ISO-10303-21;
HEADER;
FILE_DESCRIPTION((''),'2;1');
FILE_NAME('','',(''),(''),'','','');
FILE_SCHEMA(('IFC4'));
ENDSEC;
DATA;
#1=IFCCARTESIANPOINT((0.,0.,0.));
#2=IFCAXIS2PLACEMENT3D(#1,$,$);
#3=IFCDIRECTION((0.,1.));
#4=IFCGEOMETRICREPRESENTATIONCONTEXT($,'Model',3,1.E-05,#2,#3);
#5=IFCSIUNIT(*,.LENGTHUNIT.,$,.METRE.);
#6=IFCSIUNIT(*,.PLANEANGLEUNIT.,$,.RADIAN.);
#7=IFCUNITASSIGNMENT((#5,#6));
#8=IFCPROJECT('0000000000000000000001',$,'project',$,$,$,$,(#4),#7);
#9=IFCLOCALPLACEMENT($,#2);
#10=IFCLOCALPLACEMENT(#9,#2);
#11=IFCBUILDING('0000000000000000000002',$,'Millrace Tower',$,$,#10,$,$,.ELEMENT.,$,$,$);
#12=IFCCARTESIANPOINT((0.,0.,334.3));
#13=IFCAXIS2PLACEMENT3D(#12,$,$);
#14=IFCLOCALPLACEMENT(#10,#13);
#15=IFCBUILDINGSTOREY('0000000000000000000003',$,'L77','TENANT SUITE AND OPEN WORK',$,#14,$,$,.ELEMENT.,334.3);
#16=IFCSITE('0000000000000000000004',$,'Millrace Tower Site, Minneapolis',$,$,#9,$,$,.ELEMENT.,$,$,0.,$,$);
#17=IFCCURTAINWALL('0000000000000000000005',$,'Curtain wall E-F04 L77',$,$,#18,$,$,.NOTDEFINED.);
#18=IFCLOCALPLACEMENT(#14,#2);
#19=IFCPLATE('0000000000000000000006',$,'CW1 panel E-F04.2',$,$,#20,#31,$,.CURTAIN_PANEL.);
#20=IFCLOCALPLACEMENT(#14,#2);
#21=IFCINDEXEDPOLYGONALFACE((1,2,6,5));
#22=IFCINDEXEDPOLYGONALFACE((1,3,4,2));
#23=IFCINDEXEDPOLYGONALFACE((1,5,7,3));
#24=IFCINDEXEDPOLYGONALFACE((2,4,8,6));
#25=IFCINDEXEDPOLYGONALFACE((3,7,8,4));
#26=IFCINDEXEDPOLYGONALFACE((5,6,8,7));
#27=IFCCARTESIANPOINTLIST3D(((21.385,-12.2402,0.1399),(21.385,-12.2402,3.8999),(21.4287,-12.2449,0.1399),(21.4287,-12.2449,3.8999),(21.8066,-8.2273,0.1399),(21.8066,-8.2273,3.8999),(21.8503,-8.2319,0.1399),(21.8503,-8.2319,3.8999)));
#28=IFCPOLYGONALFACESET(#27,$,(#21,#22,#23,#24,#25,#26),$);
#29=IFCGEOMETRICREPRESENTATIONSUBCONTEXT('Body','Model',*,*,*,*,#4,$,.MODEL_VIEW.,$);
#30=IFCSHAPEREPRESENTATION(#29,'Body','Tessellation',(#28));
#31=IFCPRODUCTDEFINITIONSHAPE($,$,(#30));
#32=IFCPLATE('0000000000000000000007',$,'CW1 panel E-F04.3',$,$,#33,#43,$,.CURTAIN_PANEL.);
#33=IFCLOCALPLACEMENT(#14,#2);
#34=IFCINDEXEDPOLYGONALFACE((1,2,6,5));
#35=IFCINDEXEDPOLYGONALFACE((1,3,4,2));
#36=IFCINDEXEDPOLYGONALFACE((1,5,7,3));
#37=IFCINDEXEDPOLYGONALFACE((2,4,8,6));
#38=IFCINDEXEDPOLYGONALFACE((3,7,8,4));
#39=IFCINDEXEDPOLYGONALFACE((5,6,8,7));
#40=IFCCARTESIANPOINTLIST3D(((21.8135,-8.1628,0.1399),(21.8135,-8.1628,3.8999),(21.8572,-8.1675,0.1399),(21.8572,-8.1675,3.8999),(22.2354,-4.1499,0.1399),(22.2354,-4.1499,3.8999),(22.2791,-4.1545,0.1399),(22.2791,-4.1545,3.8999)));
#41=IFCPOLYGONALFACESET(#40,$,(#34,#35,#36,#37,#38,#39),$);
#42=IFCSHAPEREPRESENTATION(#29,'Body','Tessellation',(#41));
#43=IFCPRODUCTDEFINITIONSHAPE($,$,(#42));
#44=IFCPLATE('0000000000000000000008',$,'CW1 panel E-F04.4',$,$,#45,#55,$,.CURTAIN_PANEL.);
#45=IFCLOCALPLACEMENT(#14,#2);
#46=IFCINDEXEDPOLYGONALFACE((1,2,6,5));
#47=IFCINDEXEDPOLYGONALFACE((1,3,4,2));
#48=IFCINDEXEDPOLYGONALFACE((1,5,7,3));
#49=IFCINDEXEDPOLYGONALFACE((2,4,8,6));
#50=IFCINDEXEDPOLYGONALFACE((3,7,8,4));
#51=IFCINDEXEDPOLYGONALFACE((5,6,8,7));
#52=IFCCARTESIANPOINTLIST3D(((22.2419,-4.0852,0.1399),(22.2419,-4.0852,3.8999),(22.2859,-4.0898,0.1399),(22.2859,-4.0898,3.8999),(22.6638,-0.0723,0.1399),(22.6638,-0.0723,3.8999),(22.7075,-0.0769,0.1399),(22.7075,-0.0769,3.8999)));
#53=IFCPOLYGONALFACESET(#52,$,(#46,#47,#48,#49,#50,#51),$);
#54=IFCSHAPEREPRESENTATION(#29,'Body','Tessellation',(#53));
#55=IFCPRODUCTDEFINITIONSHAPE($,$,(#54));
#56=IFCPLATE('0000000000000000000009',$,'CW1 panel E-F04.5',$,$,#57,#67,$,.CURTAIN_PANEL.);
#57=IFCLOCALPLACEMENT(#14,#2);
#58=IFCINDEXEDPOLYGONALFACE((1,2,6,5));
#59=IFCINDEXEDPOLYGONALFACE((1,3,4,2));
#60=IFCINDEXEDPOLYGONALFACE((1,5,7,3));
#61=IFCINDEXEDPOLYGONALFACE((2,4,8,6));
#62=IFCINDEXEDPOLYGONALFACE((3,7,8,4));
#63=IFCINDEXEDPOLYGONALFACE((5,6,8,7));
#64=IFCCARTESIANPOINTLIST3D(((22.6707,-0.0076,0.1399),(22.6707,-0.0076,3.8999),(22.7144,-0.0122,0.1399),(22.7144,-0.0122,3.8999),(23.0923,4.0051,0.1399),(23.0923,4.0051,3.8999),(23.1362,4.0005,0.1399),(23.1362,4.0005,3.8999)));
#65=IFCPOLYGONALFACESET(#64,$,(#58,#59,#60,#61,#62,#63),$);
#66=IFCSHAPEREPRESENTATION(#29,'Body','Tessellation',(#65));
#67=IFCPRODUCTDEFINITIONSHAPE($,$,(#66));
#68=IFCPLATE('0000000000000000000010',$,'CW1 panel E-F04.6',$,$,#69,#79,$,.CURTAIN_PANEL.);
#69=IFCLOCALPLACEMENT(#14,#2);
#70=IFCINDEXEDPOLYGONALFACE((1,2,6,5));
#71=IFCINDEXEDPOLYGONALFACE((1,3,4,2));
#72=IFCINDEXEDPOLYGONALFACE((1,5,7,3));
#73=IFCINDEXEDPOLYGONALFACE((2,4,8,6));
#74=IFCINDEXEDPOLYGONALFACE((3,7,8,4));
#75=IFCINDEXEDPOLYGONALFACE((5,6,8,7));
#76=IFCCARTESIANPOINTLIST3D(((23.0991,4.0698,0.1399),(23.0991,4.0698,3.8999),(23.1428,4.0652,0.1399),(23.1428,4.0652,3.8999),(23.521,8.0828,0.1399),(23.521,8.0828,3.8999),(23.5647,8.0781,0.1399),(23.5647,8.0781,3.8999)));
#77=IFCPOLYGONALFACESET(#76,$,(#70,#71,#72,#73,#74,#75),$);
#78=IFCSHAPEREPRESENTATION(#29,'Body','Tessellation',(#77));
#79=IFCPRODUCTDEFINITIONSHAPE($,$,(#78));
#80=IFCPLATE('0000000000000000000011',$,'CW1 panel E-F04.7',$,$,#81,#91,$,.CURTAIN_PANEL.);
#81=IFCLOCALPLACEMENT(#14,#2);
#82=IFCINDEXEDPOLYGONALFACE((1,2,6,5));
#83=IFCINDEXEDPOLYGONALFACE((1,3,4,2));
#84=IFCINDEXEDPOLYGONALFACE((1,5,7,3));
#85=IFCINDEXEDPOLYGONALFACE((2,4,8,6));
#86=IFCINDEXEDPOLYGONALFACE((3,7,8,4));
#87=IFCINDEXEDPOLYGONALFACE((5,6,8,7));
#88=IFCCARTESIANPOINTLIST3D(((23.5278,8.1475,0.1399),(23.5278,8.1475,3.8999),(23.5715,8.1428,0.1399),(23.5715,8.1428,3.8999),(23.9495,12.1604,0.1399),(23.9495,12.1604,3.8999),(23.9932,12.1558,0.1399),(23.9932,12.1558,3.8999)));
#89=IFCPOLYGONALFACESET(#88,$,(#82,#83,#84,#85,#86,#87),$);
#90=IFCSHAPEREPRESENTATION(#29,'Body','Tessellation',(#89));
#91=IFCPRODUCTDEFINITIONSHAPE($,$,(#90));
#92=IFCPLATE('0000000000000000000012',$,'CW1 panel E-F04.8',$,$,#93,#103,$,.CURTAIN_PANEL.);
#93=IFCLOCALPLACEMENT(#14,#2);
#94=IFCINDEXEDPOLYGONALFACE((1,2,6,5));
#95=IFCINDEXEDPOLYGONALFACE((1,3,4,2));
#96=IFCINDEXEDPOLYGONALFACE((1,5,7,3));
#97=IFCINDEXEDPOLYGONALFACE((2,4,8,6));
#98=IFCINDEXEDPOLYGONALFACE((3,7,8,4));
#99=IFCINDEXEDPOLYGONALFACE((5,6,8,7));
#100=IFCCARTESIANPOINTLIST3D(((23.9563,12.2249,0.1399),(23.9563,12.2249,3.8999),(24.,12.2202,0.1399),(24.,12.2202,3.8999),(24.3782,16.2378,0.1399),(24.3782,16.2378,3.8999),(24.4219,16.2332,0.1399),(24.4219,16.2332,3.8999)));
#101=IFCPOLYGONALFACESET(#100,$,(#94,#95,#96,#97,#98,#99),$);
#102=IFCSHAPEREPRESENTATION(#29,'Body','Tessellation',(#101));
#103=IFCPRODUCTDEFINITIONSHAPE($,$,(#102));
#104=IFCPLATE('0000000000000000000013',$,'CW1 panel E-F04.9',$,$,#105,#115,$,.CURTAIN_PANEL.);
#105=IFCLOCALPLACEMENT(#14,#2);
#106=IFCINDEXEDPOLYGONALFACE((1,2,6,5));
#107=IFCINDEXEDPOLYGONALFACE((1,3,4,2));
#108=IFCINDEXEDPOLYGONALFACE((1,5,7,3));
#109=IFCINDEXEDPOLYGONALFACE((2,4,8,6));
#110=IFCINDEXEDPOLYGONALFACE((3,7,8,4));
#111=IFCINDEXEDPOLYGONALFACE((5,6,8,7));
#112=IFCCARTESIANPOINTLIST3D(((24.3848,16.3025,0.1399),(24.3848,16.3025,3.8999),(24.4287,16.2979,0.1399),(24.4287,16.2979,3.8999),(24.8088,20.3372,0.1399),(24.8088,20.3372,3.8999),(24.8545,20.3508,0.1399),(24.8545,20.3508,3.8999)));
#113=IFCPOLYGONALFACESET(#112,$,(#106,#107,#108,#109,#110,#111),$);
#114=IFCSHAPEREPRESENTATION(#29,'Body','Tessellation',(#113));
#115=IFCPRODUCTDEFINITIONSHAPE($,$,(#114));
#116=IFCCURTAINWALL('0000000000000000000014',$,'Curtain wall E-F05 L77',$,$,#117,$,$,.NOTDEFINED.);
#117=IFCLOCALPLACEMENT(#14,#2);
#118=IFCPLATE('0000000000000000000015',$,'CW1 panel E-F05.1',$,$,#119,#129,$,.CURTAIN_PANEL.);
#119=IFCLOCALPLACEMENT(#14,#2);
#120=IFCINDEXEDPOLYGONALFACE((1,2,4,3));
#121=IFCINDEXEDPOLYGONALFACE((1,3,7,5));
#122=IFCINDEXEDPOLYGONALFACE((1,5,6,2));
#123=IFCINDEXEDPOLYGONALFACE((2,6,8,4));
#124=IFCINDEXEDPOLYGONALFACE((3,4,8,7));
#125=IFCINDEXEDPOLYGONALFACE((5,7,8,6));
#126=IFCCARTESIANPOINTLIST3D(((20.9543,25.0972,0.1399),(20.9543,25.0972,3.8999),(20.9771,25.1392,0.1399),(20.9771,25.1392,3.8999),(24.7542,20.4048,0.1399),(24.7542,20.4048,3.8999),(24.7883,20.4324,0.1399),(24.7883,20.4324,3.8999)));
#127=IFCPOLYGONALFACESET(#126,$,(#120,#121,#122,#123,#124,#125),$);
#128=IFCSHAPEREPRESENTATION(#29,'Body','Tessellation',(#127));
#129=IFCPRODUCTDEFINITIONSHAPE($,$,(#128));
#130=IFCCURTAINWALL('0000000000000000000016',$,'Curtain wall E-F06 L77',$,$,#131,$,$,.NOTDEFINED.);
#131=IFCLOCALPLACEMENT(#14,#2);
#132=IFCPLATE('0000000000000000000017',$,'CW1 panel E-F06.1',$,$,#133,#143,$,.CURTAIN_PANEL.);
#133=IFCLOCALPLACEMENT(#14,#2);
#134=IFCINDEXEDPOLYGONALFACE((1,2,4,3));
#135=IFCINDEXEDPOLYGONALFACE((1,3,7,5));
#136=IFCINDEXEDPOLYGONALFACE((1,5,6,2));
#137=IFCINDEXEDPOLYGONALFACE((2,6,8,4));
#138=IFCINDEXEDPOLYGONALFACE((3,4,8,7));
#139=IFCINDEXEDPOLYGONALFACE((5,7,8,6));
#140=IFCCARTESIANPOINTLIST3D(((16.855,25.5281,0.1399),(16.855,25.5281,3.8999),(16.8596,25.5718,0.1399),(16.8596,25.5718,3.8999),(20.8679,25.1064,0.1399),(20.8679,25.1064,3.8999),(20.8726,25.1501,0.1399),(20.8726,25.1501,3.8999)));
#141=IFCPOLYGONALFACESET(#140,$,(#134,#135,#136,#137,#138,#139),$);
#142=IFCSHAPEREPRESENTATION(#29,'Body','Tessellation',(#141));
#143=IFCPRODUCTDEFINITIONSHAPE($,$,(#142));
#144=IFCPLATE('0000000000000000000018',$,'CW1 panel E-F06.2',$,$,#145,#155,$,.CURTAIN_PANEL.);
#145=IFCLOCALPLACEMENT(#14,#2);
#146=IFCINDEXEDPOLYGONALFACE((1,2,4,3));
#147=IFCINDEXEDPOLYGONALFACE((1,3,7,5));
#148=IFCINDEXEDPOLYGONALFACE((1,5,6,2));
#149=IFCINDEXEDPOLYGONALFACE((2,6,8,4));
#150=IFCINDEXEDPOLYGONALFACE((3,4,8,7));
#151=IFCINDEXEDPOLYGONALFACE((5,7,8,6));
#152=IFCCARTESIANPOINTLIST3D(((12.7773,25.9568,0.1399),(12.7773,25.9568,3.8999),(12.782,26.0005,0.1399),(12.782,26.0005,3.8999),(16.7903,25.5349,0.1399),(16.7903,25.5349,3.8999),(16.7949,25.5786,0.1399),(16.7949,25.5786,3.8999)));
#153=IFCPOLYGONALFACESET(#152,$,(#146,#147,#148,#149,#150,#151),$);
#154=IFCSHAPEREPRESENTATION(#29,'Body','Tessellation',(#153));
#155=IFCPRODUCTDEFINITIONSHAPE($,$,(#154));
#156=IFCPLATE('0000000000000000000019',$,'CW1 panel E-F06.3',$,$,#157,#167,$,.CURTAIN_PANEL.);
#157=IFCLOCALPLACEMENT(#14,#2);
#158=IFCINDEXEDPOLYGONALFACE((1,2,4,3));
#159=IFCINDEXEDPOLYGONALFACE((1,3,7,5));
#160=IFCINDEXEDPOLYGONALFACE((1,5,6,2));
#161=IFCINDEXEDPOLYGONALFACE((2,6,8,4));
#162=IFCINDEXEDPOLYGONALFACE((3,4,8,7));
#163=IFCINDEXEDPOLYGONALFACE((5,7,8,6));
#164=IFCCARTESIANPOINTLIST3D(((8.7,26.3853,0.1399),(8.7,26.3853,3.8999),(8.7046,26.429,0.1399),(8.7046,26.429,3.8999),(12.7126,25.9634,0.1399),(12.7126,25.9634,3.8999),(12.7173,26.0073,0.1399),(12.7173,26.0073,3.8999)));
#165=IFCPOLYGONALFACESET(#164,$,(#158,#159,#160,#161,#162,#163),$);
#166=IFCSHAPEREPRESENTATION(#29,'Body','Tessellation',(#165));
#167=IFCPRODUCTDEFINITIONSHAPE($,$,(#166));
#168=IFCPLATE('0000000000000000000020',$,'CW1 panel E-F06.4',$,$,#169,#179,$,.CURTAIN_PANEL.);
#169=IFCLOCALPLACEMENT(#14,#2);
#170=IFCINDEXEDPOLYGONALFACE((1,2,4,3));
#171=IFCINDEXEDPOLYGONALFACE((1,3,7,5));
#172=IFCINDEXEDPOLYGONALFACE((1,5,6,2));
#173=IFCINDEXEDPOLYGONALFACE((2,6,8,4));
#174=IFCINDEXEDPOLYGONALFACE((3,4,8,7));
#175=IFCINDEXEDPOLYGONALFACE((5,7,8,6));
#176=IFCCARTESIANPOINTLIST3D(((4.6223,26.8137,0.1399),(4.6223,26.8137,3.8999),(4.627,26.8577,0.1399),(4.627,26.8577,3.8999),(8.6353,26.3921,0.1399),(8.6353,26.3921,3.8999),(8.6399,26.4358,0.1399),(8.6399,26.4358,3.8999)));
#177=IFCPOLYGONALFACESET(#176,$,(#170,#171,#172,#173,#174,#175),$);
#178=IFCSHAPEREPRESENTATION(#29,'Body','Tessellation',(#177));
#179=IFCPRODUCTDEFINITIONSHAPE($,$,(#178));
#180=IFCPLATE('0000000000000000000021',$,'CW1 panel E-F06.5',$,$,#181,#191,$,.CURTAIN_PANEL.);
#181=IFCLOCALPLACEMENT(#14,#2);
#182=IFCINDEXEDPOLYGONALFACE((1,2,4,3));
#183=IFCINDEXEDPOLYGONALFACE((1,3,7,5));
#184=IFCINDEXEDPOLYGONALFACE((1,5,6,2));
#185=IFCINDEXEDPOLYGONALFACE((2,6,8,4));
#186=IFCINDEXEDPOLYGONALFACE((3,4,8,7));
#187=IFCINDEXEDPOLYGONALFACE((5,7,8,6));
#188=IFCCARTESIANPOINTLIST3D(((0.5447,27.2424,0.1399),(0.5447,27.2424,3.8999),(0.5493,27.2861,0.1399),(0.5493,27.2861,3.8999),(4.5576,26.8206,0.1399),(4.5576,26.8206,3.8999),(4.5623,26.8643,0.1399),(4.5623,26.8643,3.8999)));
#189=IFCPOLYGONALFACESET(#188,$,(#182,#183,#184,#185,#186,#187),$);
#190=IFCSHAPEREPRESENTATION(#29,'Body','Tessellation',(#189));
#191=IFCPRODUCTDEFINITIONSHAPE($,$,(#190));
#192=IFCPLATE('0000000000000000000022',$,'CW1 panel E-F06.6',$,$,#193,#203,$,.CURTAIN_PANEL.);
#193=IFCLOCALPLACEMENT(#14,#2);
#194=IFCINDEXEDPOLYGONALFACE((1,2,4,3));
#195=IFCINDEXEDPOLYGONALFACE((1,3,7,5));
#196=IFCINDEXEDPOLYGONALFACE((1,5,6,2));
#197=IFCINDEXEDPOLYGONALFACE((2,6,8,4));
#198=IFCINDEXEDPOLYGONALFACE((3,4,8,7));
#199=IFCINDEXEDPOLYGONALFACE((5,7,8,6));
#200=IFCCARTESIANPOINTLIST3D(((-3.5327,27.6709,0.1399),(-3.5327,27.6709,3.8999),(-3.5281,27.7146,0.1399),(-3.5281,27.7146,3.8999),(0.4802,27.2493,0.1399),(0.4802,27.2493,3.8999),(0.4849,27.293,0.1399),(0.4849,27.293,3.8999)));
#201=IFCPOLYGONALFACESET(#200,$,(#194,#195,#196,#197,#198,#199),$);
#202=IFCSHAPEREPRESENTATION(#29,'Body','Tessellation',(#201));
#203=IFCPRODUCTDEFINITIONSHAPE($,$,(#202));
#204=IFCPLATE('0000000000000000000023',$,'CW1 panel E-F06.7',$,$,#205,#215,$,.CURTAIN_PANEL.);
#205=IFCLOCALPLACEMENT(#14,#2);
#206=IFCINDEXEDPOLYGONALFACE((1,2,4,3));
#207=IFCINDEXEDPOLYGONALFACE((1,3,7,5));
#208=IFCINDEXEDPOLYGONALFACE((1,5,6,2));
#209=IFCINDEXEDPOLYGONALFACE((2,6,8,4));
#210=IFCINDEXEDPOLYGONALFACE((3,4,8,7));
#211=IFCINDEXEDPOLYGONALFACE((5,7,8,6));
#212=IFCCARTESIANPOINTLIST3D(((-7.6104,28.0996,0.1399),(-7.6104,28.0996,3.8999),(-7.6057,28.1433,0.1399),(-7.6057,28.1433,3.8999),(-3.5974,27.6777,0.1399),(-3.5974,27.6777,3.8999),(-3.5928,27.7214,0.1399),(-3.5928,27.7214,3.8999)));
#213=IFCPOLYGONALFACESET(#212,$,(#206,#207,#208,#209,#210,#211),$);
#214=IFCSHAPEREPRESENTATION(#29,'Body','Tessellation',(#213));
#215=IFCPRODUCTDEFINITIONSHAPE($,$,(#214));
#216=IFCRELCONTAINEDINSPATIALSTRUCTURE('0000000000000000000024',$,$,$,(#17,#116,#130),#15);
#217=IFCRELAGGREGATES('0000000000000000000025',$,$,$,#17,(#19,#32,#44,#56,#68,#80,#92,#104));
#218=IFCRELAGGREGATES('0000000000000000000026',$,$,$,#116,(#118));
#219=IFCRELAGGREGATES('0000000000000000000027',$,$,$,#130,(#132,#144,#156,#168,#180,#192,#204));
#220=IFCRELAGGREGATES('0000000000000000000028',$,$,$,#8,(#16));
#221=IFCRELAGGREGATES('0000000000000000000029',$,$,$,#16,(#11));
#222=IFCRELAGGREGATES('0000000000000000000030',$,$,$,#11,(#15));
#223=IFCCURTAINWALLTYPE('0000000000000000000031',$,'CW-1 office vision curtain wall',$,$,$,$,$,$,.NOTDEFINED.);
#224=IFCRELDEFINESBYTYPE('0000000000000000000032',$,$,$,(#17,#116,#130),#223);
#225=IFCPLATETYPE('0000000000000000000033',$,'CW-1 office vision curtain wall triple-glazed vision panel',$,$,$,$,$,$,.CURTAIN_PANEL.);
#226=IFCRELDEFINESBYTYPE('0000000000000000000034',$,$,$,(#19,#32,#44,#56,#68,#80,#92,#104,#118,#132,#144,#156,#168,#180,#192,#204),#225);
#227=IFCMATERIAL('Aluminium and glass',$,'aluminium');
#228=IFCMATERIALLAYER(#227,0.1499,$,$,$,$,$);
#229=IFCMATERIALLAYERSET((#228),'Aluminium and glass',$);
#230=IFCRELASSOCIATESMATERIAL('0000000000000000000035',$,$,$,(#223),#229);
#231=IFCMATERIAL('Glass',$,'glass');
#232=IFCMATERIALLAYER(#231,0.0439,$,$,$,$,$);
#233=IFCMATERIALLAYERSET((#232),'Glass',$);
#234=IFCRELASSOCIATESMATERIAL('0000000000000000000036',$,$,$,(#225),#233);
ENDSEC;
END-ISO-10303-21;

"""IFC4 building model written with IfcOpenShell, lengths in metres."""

from ifc_helpers import new_model, si_unit, direction, frame, origin, place, context, subcontext, project, spatial, polyline, outline, extrude, material, layer, layer_set, type_object, element, aggregate, save


model = new_model("IFC4")

# Units and contexts
model_context = context("Model", 3, precision=1e-05, world=origin(), true_north=direction((0.0, 1.0)))
body_context = subcontext(model_context, "Body", "Model", "MODEL_VIEW")
ifc_project = project(units=[si_unit("LENGTHUNIT", "METRE"), si_unit("PLANEANGLEUNIT", "RADIAN")], contexts=[model_context])

# Site, building, storey
site_placement = place(None, origin())
site = spatial("IfcSite", under=ifc_project, at=site_placement, Name="Millrace Tower Site, Minneapolis", CompositionType="ELEMENT", RefElevation=0.0)
building_placement = place(site_placement, origin())
building = spatial("IfcBuilding", under=site, at=building_placement, Name="Millrace Tower", CompositionType="ELEMENT")
storey_placement = place(building_placement, frame((0.0, 0.0, 334.3)))
storey = spatial("IfcBuildingStorey", under=building, at=storey_placement, Name="L77", Description="TENANT SUITE AND OPEN WORK", CompositionType="ELEMENT", Elevation=334.3)

# Curtain wall, plates
ifc_material_1 = material(Name="Aluminium and glass", Category="aluminium")
ifc_layer_1 = layer(ifc_material_1, 0.1499)
ifc_layer_set_1 = layer_set([ifc_layer_1], Name="Aluminium and glass")
curtain_wall_type = type_object("IfcCurtainWallType", Name="CW-1 office vision curtain wall", PredefinedType="NOTDEFINED", material=ifc_layer_set_1)
placement_1 = place(storey_placement, origin())
curtain_wall_1 = element("IfcCurtainWall", 1, at=placement_1, inside=storey, type_object=curtain_wall_type, Name="Curtain wall E-F04 L77", PredefinedType="NOTDEFINED")
ifc_material_2 = material(Name="Glass", Category="glass")
ifc_layer_2 = layer(ifc_material_2, 0.0439)
ifc_layer_set_2 = layer_set([ifc_layer_2], Name="Glass")
plate_type = type_object("IfcPlateType", Name="CW-1 office vision curtain wall triple-glazed vision panel", PredefinedType="CURTAIN_PANEL", material=ifc_layer_set_2)
placement_2 = place(storey_placement, frame((0.0, 0.0, 0.1399)))
plate_1 = element("IfcPlate", 2, at=placement_2, type_object=plate_type, Name="CW1 panel E-F04.2", PredefinedType="CURTAIN_PANEL", context=body_context, shape_type="SweptSolid", body=[
    extrude(outline(polyline([(21.4287, -12.2449), (21.8503, -8.2319), (21.8066, -8.2273), (21.385, -12.2402), (21.4287, -12.2449)])), origin(), (0.0, 0.0, 1.0), 3.76),
])
plate_2 = element("IfcPlate", 3, at=placement_2, type_object=plate_type, Name="CW1 panel E-F04.3", PredefinedType="CURTAIN_PANEL", context=body_context, shape_type="SweptSolid", body=[
    extrude(outline(polyline([(21.8572, -8.1675), (22.2791, -4.1545), (22.2354, -4.1499), (21.8135, -8.1628), (21.8572, -8.1675)])), origin(), (0.0, 0.0, 1.0), 3.76),
])
plate_3 = element("IfcPlate", 4, at=placement_2, type_object=plate_type, Name="CW1 panel E-F04.4", PredefinedType="CURTAIN_PANEL", context=body_context, shape_type="SweptSolid", body=[
    extrude(outline(polyline([(22.2859, -4.0898), (22.7075, -0.0769), (22.6638, -0.0723), (22.2419, -4.0852), (22.2859, -4.0898)])), origin(), (0.0, 0.0, 1.0), 3.76),
])
plate_4 = element("IfcPlate", 5, at=placement_2, type_object=plate_type, Name="CW1 panel E-F04.5", PredefinedType="CURTAIN_PANEL", context=body_context, shape_type="SweptSolid", body=[
    extrude(outline(polyline([(22.7144, -0.0122), (23.1362, 4.0005), (23.0923, 4.0051), (22.6707, -0.0076), (22.7144, -0.0122)])), origin(), (0.0, 0.0, 1.0), 3.76),
])
plate_5 = element("IfcPlate", 6, at=placement_2, type_object=plate_type, Name="CW1 panel E-F04.6", PredefinedType="CURTAIN_PANEL", context=body_context, shape_type="SweptSolid", body=[
    extrude(outline(polyline([(23.1428, 4.0652), (23.5647, 8.0781), (23.521, 8.0828), (23.0991, 4.0698), (23.1428, 4.0652)])), origin(), (0.0, 0.0, 1.0), 3.76),
])
plate_6 = element("IfcPlate", 7, at=placement_2, type_object=plate_type, Name="CW1 panel E-F04.7", PredefinedType="CURTAIN_PANEL", context=body_context, shape_type="SweptSolid", body=[
    extrude(outline(polyline([(23.5715, 8.1428), (23.9932, 12.1558), (23.9495, 12.1604), (23.5278, 8.1475), (23.5715, 8.1428)])), origin(), (0.0, 0.0, 1.0), 3.76),
])
plate_7 = element("IfcPlate", 8, at=placement_2, type_object=plate_type, Name="CW1 panel E-F04.8", PredefinedType="CURTAIN_PANEL", context=body_context, shape_type="SweptSolid", body=[
    extrude(outline(polyline([(24.0, 12.2202), (24.4219, 16.2332), (24.3782, 16.2378), (23.9563, 12.2249), (24.0, 12.2202)])), origin(), (0.0, 0.0, 1.0), 3.76),
])
plate_8 = element("IfcPlate", 9, at=placement_2, type_object=plate_type, Name="CW1 panel E-F04.9", PredefinedType="CURTAIN_PANEL", context=body_context, shape_type="SweptSolid", body=[
    extrude(outline(polyline([(24.4287, 16.2979), (24.8545, 20.3508), (24.8088, 20.3372), (24.3848, 16.3025), (24.4287, 16.2979)])), origin(), (0.0, 0.0, 1.0), 3.76),
])
aggregate(curtain_wall_1, [plate_1, plate_2, plate_3, plate_4, plate_5, plate_6, plate_7, plate_8])

# Curtain wall, plate
curtain_wall_2 = element("IfcCurtainWall", 10, at=placement_1, inside=storey, type_object=curtain_wall_type, Name="Curtain wall E-F05 L77", PredefinedType="NOTDEFINED")
plate_9 = element("IfcPlate", 11, at=placement_2, type_object=plate_type, Name="CW1 panel E-F05.1", PredefinedType="CURTAIN_PANEL", context=body_context, shape_type="SweptSolid", body=[
    extrude(outline(polyline([(24.7883, 20.4324), (20.9771, 25.1392), (20.9543, 25.0972), (24.7542, 20.4048), (24.7883, 20.4324)])), origin(), (0.0, 0.0, 1.0), 3.76),
])
aggregate(curtain_wall_2, [plate_9])

# Curtain wall, plates
curtain_wall_3 = element("IfcCurtainWall", 12, at=placement_1, inside=storey, type_object=curtain_wall_type, Name="Curtain wall E-F06 L77", PredefinedType="NOTDEFINED")
plate_10 = element("IfcPlate", 13, at=placement_2, type_object=plate_type, Name="CW1 panel E-F06.1", PredefinedType="CURTAIN_PANEL", context=body_context, shape_type="SweptSolid", body=[
    extrude(outline(polyline([(20.8726, 25.1501), (16.8596, 25.5718), (16.855, 25.5281), (20.8679, 25.1064), (20.8726, 25.1501)])), origin(), (0.0, 0.0, 1.0), 3.76),
])
plate_11 = element("IfcPlate", 14, at=placement_2, type_object=plate_type, Name="CW1 panel E-F06.2", PredefinedType="CURTAIN_PANEL", context=body_context, shape_type="SweptSolid", body=[
    extrude(outline(polyline([(16.7949, 25.5786), (12.782, 26.0005), (12.7773, 25.9568), (16.7903, 25.5349), (16.7949, 25.5786)])), origin(), (0.0, 0.0, 1.0), 3.76),
])
plate_12 = element("IfcPlate", 15, at=placement_2, type_object=plate_type, Name="CW1 panel E-F06.3", PredefinedType="CURTAIN_PANEL", context=body_context, shape_type="SweptSolid", body=[
    extrude(outline(polyline([(12.7173, 26.0073), (8.7046, 26.429), (8.7, 26.3853), (12.7126, 25.9634), (12.7173, 26.0073)])), origin(), (0.0, 0.0, 1.0), 3.76),
])
plate_13 = element("IfcPlate", 16, at=placement_2, type_object=plate_type, Name="CW1 panel E-F06.4", PredefinedType="CURTAIN_PANEL", context=body_context, shape_type="SweptSolid", body=[
    extrude(outline(polyline([(8.6399, 26.4358), (4.627, 26.8577), (4.6223, 26.8137), (8.6353, 26.3921), (8.6399, 26.4358)])), origin(), (0.0, 0.0, 1.0), 3.76),
])
plate_14 = element("IfcPlate", 17, at=placement_2, type_object=plate_type, Name="CW1 panel E-F06.5", PredefinedType="CURTAIN_PANEL", context=body_context, shape_type="SweptSolid", body=[
    extrude(outline(polyline([(4.5623, 26.8643), (0.5493, 27.2861), (0.5447, 27.2424), (4.5576, 26.8206), (4.5623, 26.8643)])), origin(), (0.0, 0.0, 1.0), 3.76),
])
plate_15 = element("IfcPlate", 18, at=placement_2, type_object=plate_type, Name="CW1 panel E-F06.6", PredefinedType="CURTAIN_PANEL", context=body_context, shape_type="SweptSolid", body=[
    extrude(outline(polyline([(0.4849, 27.293), (-3.5281, 27.7146), (-3.5327, 27.6709), (0.4802, 27.2493), (0.4849, 27.293)])), origin(), (0.0, 0.0, 1.0), 3.76),
])
plate_16 = element("IfcPlate", 19, at=placement_2, type_object=plate_type, Name="CW1 panel E-F06.7", PredefinedType="CURTAIN_PANEL", context=body_context, shape_type="SweptSolid", body=[
    extrude(outline(polyline([(-3.5928, 27.7214), (-7.6057, 28.1433), (-7.6104, 28.0996), (-3.5974, 27.6777), (-3.5928, 27.7214)])), origin(), (0.0, 0.0, 1.0), 3.76),
])
aggregate(curtain_wall_3, [plate_10, plate_11, plate_12, plate_13, plate_14, plate_15, plate_16])

save(model, "model.ifc")
